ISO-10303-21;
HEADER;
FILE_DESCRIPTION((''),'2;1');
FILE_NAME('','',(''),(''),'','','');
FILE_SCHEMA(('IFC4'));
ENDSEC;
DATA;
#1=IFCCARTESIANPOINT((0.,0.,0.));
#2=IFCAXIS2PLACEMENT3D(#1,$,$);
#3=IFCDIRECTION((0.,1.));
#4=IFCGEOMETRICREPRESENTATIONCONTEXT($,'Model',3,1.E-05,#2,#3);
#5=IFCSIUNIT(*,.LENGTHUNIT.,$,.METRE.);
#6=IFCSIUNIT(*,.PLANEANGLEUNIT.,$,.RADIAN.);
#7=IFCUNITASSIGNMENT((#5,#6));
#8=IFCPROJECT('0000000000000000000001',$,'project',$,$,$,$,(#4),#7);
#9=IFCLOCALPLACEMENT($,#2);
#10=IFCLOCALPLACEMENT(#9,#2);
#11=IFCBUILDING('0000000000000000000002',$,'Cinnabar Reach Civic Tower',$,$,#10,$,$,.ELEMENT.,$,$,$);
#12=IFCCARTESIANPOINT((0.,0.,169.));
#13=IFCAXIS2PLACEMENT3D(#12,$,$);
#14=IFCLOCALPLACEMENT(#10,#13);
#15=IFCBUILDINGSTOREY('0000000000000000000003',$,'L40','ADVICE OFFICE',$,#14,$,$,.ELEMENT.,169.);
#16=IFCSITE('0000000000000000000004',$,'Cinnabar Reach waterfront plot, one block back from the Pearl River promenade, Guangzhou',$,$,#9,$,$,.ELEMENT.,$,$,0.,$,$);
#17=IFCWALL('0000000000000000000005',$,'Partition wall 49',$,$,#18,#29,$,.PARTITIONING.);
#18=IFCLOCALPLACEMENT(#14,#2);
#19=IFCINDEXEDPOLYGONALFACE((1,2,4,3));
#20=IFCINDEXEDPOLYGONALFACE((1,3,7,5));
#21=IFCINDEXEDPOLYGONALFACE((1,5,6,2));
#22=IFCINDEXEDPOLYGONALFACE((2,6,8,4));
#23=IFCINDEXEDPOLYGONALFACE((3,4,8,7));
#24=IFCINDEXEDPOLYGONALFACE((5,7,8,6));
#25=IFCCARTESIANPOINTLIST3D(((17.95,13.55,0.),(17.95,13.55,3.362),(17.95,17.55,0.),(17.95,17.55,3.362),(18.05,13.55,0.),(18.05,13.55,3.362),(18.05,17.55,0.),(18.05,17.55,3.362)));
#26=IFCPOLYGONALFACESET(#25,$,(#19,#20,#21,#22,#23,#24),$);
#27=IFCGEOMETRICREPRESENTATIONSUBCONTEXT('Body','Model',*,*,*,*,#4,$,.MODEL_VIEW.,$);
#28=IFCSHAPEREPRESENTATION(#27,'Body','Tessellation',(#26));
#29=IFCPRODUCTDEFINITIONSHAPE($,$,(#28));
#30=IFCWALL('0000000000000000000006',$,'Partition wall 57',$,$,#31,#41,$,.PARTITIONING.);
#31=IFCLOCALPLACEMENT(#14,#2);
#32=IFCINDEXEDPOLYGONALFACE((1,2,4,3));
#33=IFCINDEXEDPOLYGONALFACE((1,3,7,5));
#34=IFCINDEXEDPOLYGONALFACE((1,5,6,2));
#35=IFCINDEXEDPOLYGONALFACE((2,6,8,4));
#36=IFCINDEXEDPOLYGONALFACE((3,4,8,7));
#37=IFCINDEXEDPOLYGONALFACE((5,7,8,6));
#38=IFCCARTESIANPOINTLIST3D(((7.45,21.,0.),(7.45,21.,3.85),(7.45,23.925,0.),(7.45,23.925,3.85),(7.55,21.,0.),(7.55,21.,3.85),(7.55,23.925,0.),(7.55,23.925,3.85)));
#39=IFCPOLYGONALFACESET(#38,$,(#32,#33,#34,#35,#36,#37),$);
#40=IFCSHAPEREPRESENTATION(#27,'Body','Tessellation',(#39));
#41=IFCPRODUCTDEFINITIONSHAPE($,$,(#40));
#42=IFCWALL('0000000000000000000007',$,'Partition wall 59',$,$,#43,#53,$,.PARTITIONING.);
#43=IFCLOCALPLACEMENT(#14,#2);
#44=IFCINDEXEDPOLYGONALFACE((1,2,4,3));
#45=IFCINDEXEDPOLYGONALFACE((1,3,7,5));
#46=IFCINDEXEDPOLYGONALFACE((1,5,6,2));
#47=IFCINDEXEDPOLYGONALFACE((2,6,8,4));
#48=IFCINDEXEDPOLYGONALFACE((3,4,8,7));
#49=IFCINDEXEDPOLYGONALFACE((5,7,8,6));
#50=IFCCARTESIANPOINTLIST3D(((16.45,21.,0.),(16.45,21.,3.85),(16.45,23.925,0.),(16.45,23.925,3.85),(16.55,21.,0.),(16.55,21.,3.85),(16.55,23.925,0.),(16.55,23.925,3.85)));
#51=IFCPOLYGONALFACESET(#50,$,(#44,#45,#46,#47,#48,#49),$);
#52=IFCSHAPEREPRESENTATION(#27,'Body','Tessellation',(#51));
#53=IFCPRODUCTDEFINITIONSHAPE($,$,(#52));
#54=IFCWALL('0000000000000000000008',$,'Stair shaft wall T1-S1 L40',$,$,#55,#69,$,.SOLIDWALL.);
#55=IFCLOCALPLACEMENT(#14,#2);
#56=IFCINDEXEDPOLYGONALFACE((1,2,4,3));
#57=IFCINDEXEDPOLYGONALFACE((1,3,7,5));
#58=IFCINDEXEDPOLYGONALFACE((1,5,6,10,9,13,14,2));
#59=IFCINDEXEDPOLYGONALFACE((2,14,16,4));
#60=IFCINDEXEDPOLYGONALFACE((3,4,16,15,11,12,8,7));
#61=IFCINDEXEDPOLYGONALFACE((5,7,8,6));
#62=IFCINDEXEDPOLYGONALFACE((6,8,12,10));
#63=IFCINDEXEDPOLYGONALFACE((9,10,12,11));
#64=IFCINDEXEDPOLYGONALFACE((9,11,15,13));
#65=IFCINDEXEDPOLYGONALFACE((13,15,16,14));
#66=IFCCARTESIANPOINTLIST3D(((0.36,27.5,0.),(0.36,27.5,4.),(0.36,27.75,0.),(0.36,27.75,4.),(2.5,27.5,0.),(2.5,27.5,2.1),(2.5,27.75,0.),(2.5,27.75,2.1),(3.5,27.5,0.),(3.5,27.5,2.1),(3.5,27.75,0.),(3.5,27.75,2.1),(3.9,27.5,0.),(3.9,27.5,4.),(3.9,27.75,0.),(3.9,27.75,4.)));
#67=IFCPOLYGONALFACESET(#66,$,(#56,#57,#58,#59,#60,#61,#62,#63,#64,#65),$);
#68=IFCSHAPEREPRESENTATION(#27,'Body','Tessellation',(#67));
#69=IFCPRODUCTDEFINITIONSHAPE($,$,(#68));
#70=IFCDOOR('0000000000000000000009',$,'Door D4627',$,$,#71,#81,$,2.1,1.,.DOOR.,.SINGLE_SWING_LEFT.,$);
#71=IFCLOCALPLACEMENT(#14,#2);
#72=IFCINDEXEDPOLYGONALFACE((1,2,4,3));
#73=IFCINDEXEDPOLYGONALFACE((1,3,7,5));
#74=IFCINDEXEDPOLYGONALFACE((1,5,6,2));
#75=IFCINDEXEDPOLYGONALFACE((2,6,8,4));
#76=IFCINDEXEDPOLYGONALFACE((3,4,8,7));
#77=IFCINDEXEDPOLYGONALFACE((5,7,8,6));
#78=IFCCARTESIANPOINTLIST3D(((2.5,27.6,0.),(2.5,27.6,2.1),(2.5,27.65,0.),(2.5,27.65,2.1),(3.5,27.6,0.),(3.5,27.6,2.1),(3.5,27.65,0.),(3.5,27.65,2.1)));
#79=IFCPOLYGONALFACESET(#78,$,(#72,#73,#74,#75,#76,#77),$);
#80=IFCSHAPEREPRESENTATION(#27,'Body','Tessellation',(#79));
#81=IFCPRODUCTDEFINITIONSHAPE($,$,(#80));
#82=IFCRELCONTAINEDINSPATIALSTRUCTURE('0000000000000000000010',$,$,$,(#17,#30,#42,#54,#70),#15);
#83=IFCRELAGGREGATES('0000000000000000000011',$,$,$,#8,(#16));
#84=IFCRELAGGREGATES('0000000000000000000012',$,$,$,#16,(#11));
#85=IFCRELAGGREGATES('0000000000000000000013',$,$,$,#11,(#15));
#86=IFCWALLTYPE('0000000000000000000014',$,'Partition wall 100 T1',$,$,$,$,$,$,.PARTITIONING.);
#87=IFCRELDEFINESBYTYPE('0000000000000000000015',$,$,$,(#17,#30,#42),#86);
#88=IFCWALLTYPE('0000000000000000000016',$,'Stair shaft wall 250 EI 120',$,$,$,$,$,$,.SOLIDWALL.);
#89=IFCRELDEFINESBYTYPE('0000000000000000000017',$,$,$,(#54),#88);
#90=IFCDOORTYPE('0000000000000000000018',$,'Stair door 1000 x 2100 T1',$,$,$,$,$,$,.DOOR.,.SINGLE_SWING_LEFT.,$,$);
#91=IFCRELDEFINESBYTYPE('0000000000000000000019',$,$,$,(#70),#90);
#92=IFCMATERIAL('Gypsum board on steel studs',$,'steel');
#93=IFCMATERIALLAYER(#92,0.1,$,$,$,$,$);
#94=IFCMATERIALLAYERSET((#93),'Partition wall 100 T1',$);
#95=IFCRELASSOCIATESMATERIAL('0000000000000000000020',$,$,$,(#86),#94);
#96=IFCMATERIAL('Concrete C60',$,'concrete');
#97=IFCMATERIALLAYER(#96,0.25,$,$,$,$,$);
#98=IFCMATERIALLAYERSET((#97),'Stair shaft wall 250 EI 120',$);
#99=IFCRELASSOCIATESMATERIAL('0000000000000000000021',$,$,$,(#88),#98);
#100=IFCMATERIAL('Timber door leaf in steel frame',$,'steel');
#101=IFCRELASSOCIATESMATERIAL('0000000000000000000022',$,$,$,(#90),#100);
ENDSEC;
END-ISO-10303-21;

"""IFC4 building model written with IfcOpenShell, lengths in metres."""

from ifc_helpers import new_model, si_unit, direction, frame, frame_2d, origin, place, context, subcontext, project, spatial, rectangle, extrude, material, layer, layer_set, type_object, element, fill, save


model = new_model("IFC4")

# Units and contexts
model_context = context("Model", 3, precision=1e-05, world=origin(), true_north=direction((0.0, 1.0)))
body_context = subcontext(model_context, "Body", "Model", "MODEL_VIEW")
ifc_project = project(units=[si_unit("LENGTHUNIT", "METRE"), si_unit("PLANEANGLEUNIT", "RADIAN")], contexts=[model_context])

# Site, building, storey
site_placement = place(None, origin())
site = spatial("IfcSite", under=ifc_project, at=site_placement, Name="Cinnabar Reach waterfront plot, one block back from the Pearl River promenade, Guangzhou", CompositionType="ELEMENT", RefElevation=0.0)
building_placement = place(site_placement, origin())
building = spatial("IfcBuilding", under=site, at=building_placement, Name="Cinnabar Reach Civic Tower", CompositionType="ELEMENT")
storey_placement = place(building_placement, frame((0.0, 0.0, 169.0)))
storey = spatial("IfcBuildingStorey", under=building, at=storey_placement, Name="L40", Description="ADVICE OFFICE", CompositionType="ELEMENT", Elevation=169.0)

# Shared definitions
ifc_material_1 = material(Name="Timber door leaf in steel frame", Category="steel")

# Walls
ifc_material_2 = material(Name="Gypsum board on steel studs", Category="steel")
ifc_layer_1 = layer(ifc_material_2, 0.1)
ifc_layer_set_1 = layer_set([ifc_layer_1], Name="Partition wall 100 T1")
wall_type_1 = type_object("IfcWallType", Name="Partition wall 100 T1", PredefinedType="PARTITIONING", material=ifc_layer_set_1)
wall_1_placement = place(storey_placement, frame((18.0, 13.55, 0.0), z_axis=(0.0, 0.0, 1.0), x_axis=(0.0, 1.0, 0.0)))
element("IfcWall", 1, at=wall_1_placement, inside=storey, type_object=wall_type_1, Name="Partition wall 49", PredefinedType="PARTITIONING", context=body_context, shape_type="SweptSolid", body=[
    extrude(rectangle(XDim=4.0, YDim=0.1, at=frame_2d((2.0, 0.0))), origin(), (0.0, 0.0, 1.0), 3.362),
])
for number, where, z_axis, x_axis, name in (
    (2, (7.5, 21.0, 0.0), (0.0, 0.0, 1.0), (0.0, 1.0, 0.0), "Partition wall 57"),
    (3, (16.5, 21.0, 0.0), (0.0, 0.0, 1.0), (0.0, 1.0, 0.0), "Partition wall 59"),
):
    element("IfcWall", number, at=place(storey_placement, frame(where, z_axis=z_axis, x_axis=x_axis)), inside=storey, type_object=wall_type_1, Name=name, PredefinedType="PARTITIONING", context=body_context, shape_type="SweptSolid", body=[
        extrude(rectangle(XDim=2.925, YDim=0.1, at=frame_2d((1.4625, 0.0))), origin(), (0.0, 0.0, 1.0), 3.85),
    ])

# Wall, opening, door
ifc_material_3 = material(Name="Concrete C60", Category="concrete")
ifc_layer_2 = layer(ifc_material_3, 0.25)
ifc_layer_set_2 = layer_set([ifc_layer_2], Name="Stair shaft wall 250 EI 120")
wall_type_2 = type_object("IfcWallType", Name="Stair shaft wall 250 EI 120", PredefinedType="SOLIDWALL", material=ifc_layer_set_2)
wall_2_placement = place(storey_placement, frame((3.9, 27.625, 0.0), z_axis=(0.0, 0.0, 1.0), x_axis=(-1.0, 0.0, 0.0)))
wall_2 = element("IfcWall", 4, at=wall_2_placement, inside=storey, type_object=wall_type_2, Name="Stair shaft wall T1-S1 L40", PredefinedType="SOLIDWALL", context=body_context, shape_type="SweptSolid", body=[
    extrude(rectangle(XDim=3.54, YDim=0.25, at=frame_2d((1.77, 0.0))), origin(), (0.0, 0.0, 1.0), 4.0),
])
opening_1_placement = place(wall_2_placement, frame((0.4, 0.0, 0.0)))
opening_1 = element("IfcOpeningElement", 5, at=opening_1_placement, cuts=wall_2, PredefinedType="OPENING", context=body_context, shape_type="SweptSolid", body=[
    extrude(rectangle(XDim=1.0, YDim=2.1, at=frame_2d((0.5, 1.05))), frame((0.0, 0.135, 0.0), z_axis=(0.0, -1.0, 0.0), x_axis=(1.0, 0.0, 0.0)), (0.0, 0.0, 1.0), 0.27),
])
door_type_1 = type_object("IfcDoorType", Name="Stair door 1000 x 2100 T1", OperationType="SINGLE_SWING_LEFT", PredefinedType="DOOR", material=ifc_material_1)
door_1_placement = place(opening_1_placement, origin())
door_1 = element("IfcDoor", 6, at=door_1_placement, inside=storey, type_object=door_type_1, Name="Door D4627", OperationType="SINGLE_SWING_LEFT", OverallHeight=2.1, OverallWidth=1.0, PredefinedType="DOOR", context=body_context, shape_type="SweptSolid", body=[
    extrude(rectangle(XDim=1.0, YDim=2.1, at=frame_2d((0.5, 1.05))), frame((0.0, 0.025, 0.0), z_axis=(0.0, -1.0, 0.0), x_axis=(1.0, 0.0, 0.0)), (0.0, 0.0, 1.0), 0.05),
])
fill(opening_1, door_1)

save(model, "model.ifc")
